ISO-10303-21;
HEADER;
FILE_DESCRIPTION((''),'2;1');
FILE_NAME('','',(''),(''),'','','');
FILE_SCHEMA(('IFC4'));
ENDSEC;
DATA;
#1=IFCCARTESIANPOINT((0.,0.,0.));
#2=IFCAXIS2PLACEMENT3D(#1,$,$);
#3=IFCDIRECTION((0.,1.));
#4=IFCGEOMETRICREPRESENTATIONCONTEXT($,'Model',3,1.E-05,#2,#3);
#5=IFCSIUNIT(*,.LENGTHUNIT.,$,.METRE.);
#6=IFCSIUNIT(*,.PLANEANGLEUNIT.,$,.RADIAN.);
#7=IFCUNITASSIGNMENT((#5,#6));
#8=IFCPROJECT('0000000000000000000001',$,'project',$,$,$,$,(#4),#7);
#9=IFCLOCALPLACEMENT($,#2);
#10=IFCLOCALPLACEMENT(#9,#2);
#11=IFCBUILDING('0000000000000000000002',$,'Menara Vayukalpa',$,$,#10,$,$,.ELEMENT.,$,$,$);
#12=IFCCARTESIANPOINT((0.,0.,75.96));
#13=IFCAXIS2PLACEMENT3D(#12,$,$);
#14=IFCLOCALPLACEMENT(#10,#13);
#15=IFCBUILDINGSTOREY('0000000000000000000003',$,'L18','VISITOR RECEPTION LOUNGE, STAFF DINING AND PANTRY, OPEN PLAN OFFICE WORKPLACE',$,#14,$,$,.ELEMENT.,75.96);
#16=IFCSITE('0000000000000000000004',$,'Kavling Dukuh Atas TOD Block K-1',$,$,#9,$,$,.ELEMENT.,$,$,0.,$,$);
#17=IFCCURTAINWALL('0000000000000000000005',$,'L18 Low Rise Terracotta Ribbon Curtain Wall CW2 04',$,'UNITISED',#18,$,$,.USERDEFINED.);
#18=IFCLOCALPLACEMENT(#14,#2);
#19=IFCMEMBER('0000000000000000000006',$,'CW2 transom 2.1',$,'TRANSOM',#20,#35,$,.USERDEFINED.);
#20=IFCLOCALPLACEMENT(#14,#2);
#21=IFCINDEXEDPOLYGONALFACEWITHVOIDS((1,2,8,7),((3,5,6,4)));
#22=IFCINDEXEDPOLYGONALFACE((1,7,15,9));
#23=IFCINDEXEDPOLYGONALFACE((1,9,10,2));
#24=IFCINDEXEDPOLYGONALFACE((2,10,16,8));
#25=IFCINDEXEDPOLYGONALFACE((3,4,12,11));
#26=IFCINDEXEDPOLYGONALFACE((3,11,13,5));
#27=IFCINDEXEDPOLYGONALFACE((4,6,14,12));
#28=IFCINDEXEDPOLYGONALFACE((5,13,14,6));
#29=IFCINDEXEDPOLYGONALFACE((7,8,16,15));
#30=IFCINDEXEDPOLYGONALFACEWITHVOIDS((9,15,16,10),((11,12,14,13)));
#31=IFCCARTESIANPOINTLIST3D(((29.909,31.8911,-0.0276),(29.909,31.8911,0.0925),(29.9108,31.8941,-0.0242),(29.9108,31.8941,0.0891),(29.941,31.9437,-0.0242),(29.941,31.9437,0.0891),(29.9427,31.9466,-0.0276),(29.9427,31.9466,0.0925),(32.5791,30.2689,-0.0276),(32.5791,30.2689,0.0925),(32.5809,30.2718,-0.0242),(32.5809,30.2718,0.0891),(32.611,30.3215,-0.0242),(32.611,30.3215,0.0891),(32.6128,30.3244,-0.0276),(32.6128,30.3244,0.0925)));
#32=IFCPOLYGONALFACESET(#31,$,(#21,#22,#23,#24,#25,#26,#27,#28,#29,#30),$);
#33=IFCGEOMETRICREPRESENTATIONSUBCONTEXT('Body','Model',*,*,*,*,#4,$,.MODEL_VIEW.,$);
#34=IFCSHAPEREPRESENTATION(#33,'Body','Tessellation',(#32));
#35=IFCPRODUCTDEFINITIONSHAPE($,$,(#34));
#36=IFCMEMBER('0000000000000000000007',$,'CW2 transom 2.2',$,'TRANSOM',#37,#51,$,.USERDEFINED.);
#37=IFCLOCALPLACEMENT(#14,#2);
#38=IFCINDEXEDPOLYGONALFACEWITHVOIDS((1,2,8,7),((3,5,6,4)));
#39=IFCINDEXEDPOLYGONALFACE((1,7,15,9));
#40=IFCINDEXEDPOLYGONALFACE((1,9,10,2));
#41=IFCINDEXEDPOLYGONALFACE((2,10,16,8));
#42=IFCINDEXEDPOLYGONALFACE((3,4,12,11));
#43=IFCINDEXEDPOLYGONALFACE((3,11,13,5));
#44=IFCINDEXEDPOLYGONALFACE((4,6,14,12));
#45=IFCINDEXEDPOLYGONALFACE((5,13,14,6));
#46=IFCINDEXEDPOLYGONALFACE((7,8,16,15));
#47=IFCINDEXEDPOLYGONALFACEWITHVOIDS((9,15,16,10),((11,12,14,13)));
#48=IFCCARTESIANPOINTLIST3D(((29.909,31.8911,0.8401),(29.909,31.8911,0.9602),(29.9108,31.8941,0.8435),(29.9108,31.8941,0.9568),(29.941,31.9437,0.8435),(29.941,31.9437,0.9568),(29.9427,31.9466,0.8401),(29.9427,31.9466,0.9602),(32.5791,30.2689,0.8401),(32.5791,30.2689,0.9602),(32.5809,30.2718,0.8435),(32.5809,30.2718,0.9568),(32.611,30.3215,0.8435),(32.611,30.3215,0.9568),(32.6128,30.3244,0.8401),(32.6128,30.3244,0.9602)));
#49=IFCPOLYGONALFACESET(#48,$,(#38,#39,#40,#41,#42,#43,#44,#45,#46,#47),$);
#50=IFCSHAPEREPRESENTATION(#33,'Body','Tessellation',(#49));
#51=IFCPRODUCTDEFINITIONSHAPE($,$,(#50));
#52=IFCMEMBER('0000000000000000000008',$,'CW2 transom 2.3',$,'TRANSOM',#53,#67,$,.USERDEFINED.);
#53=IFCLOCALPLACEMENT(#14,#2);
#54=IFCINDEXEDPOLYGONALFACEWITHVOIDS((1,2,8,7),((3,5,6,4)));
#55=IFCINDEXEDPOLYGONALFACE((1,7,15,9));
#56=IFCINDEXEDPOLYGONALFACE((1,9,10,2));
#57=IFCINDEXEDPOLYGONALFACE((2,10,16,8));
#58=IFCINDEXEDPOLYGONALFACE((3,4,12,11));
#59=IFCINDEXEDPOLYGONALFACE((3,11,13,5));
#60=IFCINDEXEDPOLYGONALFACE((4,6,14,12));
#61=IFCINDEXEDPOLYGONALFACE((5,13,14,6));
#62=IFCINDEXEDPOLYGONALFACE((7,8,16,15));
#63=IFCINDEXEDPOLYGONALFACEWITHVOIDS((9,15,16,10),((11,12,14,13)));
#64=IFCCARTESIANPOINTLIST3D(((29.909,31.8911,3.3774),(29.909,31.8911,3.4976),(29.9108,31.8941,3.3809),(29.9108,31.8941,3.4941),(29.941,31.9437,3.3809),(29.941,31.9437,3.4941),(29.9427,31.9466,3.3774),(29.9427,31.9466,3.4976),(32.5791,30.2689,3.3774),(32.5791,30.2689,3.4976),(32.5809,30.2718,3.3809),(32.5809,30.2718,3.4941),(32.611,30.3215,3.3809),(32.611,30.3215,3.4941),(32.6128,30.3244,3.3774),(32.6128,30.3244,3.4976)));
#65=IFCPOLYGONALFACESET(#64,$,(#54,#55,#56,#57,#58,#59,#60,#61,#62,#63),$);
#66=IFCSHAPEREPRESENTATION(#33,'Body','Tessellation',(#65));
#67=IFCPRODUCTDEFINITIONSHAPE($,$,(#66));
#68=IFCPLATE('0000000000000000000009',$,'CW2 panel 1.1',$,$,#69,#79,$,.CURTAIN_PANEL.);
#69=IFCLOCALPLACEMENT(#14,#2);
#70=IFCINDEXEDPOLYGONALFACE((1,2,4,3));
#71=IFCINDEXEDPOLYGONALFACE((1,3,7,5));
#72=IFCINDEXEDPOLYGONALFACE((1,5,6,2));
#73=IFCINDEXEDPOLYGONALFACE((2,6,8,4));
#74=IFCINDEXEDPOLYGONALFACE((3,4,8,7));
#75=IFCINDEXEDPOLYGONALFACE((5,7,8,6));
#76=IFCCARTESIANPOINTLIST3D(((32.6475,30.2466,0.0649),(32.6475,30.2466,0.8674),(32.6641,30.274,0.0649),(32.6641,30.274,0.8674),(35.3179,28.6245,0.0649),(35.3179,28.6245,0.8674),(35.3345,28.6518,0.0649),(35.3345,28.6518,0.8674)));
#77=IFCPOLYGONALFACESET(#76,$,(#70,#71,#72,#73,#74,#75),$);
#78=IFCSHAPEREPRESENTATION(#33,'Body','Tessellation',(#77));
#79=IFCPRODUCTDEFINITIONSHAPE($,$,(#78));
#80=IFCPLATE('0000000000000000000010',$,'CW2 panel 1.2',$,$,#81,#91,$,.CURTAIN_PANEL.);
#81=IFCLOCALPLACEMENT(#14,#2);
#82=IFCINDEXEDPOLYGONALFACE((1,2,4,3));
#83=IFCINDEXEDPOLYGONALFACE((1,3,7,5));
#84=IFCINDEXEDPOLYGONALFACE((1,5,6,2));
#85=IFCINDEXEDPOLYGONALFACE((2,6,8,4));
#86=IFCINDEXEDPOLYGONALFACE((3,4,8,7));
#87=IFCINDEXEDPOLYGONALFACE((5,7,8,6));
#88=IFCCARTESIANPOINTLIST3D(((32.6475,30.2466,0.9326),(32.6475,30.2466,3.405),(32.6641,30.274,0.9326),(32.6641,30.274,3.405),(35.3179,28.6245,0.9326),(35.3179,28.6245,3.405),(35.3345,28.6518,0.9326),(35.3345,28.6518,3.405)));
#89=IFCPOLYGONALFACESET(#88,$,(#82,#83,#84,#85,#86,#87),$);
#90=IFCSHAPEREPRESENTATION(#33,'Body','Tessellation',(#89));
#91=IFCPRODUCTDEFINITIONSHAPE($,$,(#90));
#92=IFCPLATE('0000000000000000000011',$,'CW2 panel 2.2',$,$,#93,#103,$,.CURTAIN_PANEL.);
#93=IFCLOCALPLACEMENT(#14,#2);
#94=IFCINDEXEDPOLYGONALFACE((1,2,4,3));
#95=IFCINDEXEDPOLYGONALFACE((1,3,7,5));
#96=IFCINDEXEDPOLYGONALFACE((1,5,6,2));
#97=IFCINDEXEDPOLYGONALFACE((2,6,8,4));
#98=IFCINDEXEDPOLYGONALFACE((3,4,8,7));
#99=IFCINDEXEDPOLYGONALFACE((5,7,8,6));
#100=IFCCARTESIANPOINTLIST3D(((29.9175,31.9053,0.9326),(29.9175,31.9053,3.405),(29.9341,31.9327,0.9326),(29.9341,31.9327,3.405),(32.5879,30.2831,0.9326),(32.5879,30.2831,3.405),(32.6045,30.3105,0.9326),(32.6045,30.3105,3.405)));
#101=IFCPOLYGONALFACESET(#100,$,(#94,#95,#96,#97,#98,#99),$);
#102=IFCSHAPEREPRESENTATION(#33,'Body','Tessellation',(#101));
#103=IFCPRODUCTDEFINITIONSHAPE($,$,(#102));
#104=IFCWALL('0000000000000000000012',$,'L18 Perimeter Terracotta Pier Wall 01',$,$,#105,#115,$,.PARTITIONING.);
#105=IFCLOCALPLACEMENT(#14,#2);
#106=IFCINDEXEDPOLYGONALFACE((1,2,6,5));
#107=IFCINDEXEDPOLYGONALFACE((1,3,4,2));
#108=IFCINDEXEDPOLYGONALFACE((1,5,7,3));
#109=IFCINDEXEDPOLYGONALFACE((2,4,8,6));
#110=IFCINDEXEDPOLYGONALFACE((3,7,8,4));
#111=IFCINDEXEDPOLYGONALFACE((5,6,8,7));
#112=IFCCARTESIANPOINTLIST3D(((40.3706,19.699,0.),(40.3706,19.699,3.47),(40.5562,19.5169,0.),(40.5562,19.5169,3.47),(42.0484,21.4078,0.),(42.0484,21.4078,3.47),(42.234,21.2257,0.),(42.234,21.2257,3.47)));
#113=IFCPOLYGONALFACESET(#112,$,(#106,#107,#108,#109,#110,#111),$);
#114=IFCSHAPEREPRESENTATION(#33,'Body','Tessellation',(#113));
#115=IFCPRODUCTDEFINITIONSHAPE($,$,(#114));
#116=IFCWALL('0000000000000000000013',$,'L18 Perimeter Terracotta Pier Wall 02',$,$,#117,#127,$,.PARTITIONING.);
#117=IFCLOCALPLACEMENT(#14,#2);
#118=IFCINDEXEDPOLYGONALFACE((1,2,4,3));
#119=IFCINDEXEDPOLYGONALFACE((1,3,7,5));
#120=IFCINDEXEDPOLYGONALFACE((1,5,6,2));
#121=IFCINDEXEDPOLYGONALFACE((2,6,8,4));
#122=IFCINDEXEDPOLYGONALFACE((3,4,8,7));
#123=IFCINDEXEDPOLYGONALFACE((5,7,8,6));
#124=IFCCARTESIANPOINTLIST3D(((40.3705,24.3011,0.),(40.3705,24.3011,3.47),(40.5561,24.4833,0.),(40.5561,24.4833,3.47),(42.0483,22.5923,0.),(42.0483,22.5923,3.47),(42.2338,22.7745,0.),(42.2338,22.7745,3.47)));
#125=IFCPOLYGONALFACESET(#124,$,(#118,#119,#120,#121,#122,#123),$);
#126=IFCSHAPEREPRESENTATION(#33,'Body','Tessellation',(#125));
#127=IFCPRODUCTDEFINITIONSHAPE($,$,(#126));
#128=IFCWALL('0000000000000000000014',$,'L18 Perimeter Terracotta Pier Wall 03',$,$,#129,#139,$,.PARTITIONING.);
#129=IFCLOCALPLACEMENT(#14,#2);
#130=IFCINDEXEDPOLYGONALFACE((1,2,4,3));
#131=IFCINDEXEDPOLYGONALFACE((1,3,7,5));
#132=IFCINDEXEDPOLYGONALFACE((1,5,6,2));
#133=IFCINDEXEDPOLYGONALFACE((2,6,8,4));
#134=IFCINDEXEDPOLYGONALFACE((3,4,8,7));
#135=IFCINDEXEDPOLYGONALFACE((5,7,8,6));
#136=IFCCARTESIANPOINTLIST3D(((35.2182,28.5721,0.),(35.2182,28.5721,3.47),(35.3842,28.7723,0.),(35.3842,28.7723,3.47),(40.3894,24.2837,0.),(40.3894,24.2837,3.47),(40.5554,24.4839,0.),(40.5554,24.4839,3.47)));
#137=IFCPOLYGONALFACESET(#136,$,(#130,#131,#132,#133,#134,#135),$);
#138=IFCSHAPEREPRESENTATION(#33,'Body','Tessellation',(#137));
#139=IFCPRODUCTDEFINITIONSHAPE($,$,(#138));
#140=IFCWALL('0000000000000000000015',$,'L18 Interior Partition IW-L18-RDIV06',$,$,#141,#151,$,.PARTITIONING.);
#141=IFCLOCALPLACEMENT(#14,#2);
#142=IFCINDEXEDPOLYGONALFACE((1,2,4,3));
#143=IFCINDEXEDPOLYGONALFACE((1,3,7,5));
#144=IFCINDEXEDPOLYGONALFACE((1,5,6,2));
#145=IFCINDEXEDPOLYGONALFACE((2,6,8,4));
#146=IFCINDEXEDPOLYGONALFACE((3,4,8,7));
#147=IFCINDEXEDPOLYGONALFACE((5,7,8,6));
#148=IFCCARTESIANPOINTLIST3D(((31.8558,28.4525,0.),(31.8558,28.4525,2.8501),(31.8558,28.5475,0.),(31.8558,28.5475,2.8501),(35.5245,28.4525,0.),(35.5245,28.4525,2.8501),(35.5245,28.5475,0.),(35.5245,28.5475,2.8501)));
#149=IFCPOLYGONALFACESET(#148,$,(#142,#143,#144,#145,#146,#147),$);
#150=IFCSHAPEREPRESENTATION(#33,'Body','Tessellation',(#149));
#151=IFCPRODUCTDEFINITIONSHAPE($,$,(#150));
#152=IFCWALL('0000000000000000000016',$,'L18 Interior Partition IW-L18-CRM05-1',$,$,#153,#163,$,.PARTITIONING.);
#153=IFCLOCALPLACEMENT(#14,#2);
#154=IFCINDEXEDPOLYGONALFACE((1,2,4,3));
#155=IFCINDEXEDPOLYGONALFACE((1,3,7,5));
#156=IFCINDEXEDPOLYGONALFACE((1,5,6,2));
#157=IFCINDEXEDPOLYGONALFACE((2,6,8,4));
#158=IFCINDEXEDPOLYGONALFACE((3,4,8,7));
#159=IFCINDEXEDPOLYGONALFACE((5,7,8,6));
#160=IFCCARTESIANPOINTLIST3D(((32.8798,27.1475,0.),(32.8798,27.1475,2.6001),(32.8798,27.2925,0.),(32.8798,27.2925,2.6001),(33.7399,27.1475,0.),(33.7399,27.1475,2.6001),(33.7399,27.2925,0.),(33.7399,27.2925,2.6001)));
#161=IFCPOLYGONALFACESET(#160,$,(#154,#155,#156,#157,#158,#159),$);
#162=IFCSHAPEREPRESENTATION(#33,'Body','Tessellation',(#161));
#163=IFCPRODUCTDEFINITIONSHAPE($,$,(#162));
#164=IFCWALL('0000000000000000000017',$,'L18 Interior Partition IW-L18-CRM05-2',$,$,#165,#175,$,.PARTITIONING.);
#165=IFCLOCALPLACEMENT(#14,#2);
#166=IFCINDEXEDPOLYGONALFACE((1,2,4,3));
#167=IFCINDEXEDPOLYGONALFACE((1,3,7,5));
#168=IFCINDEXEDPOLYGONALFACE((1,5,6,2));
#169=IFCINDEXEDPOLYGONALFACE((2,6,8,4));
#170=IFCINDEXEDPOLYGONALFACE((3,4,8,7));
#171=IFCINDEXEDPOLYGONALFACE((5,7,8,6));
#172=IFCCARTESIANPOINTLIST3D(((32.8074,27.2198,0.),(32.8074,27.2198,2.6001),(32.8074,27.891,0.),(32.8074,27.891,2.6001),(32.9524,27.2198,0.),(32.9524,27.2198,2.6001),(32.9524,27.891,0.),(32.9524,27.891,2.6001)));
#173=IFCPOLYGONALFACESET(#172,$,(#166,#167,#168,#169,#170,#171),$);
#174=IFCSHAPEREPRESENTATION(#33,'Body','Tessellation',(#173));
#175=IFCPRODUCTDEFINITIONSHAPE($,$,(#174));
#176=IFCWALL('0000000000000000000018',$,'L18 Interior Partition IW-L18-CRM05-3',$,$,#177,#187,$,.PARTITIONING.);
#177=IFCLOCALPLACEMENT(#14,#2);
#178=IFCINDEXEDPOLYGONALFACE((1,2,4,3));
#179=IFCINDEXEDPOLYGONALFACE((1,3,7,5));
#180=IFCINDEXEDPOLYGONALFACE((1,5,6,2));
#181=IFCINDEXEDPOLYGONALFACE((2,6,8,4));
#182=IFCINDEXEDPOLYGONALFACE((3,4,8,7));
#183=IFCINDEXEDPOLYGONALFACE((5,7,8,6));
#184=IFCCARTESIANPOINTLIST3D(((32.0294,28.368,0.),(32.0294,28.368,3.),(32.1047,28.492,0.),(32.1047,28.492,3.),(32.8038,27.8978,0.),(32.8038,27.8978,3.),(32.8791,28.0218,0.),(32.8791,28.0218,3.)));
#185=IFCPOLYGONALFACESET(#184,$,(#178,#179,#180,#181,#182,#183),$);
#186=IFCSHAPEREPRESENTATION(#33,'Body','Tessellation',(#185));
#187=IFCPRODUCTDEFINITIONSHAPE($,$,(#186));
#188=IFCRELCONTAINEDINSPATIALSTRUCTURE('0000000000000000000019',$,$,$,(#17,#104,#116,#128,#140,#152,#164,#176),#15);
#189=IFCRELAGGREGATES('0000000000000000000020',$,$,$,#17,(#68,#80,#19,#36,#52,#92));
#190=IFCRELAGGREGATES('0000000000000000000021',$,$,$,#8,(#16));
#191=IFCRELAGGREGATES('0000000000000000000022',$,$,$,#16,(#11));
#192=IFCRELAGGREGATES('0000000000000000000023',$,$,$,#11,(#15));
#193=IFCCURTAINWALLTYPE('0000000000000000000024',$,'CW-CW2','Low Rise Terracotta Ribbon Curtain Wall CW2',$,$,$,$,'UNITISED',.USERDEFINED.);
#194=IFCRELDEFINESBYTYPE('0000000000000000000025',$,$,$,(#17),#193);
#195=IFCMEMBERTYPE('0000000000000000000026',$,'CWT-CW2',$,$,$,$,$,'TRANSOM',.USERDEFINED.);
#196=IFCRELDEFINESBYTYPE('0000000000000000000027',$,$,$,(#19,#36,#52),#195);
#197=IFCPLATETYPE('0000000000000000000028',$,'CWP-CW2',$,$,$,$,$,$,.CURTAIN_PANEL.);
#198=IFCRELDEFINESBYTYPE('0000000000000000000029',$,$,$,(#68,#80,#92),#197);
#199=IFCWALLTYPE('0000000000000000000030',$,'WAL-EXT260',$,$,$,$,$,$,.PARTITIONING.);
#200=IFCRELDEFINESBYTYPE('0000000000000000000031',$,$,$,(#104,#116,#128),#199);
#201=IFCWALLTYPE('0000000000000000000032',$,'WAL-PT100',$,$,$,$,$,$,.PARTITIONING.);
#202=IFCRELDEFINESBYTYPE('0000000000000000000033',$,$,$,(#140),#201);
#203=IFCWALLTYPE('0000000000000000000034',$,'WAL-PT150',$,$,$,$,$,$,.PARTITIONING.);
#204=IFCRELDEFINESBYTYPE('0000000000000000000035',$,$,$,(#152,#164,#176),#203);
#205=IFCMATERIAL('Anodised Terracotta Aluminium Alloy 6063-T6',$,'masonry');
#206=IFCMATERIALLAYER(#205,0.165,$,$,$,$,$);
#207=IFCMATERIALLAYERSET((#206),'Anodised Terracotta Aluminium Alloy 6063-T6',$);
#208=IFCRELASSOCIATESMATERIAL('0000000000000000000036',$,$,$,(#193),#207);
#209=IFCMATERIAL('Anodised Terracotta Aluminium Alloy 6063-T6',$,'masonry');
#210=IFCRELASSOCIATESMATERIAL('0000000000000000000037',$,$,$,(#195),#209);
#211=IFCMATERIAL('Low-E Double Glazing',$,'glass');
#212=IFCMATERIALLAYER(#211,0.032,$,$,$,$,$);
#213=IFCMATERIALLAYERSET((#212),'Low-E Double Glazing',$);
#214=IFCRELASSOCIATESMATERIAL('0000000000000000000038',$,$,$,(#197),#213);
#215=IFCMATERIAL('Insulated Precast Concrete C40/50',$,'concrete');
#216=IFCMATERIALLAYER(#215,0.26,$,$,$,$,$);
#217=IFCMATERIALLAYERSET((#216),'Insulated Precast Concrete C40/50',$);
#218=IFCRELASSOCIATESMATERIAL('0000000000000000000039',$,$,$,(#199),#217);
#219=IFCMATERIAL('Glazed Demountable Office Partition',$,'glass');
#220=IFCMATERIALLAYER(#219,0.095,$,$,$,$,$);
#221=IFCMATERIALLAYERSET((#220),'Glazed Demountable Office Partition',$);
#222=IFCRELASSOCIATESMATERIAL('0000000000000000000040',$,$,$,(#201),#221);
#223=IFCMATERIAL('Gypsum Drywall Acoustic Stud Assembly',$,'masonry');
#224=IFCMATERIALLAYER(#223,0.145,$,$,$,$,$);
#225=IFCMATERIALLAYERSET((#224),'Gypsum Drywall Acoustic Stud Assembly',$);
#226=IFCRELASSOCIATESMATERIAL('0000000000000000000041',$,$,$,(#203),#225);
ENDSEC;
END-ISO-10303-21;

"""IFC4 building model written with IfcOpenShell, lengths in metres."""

from ifc_helpers import new_model, si_unit, direction, frame, frame_2d, origin, origin_2d, place, context, subcontext, project, spatial, rectangle, hollow_rectangle, extrude, material, layer, layer_set, material_profile, profile_set, type_object, element, aggregate, save


model = new_model("IFC4")

# Units and contexts
model_context = context("Model", 3, precision=1e-05, world=origin(), true_north=direction((0.0, 1.0)))
body_context = subcontext(model_context, "Body", "Model", "MODEL_VIEW")
ifc_project = project(units=[si_unit("LENGTHUNIT", "METRE"), si_unit("PLANEANGLEUNIT", "RADIAN")], contexts=[model_context])

# Site, building, storey
site_placement = place(None, origin())
site = spatial("IfcSite", under=ifc_project, at=site_placement, Name="Kavling Dukuh Atas TOD Block K-1", CompositionType="ELEMENT", RefElevation=0.0)
building_placement = place(site_placement, origin())
building = spatial("IfcBuilding", under=site, at=building_placement, Name="Menara Vayukalpa", CompositionType="ELEMENT")
storey_placement = place(building_placement, frame((0.0, 0.0, 75.96)))
storey = spatial("IfcBuildingStorey", under=building, at=storey_placement, Name="L18", Description="VISITOR RECEPTION LOUNGE, STAFF DINING AND PANTRY, OPEN PLAN OFFICE WORKPLACE", CompositionType="ELEMENT", Elevation=75.96)

# Curtain wall, members, plates
ifc_material_1 = material(Name="Anodised Terracotta Aluminium Alloy 6063-T6", Category="masonry")
ifc_layer_1 = layer(ifc_material_1, 0.165)
ifc_layer_set_1 = layer_set([ifc_layer_1], Name="Anodised Terracotta Aluminium Alloy 6063-T6")
curtain_wall_type = type_object("IfcCurtainWallType", Name="CW-CW2", Description="Low Rise Terracotta Ribbon Curtain Wall CW2", ElementType="UNITISED", PredefinedType="USERDEFINED", material=ifc_layer_set_1)
curtain_wall_placement = place(storey_placement, origin())
curtain_wall = element("IfcCurtainWall", 1, at=curtain_wall_placement, inside=storey, type_object=curtain_wall_type, Name="L18 Low Rise Terracotta Ribbon Curtain Wall CW2 04", ObjectType="UNITISED", PredefinedType="USERDEFINED")
ifc_material_2 = material(Name="Anodised Terracotta Aluminium Alloy 6063-T6", Category="masonry")
ifc_material_profile_1 = material_profile(ifc_material_2, hollow_rectangle(XDim=0.0649, YDim=0.1201, WallThickness=0.0034, at=origin_2d()), Name="ALU 65x120x3.5")
ifc_profile_set_1 = profile_set([ifc_material_profile_1], Name="Anodised Terracotta Aluminium Alloy 6063-T6")
member_type_1 = type_object("IfcMemberType", Name="CWT-CW2", ElementType="TRANSOM", PredefinedType="USERDEFINED", material=ifc_profile_set_1)
member_1_placement = place(storey_placement, frame((32.5959, 30.2966, 0.0325), z_axis=(-0.854625, 0.519245, 0.0), x_axis=(-0.519245, -0.854625, 0.0)))
member_1 = element("IfcMember", 2, at=member_1_placement, type_object=member_type_1, Name="CW2 transom 2.1", ObjectType="TRANSOM", PredefinedType="USERDEFINED", context=body_context, shape_type="SweptSolid", body=[
    extrude(hollow_rectangle(XDim=0.0649, YDim=0.1201, WallThickness=0.0034, at=origin_2d()), origin(), (0.0, 0.0, 1.0), 3.1243),
])
member_2_placement = place(storey_placement, frame((32.5959, 30.2966, 0.9001), z_axis=(-0.854625, 0.519245, 0.0), x_axis=(-0.519245, -0.854625, 0.0)))
member_2 = element("IfcMember", 3, at=member_2_placement, type_object=member_type_1, Name="CW2 transom 2.2", ObjectType="TRANSOM", PredefinedType="USERDEFINED", context=body_context, shape_type="SweptSolid", body=[
    extrude(hollow_rectangle(XDim=0.0649, YDim=0.1201, WallThickness=0.0034, at=origin_2d()), origin(), (0.0, 0.0, 1.0), 3.1243),
])
member_3_placement = place(storey_placement, frame((32.5959, 30.2966, 3.4375), z_axis=(-0.854625, 0.519245, 0.0), x_axis=(-0.519245, -0.854625, 0.0)))
member_3 = element("IfcMember", 4, at=member_3_placement, type_object=member_type_1, Name="CW2 transom 2.3", ObjectType="TRANSOM", PredefinedType="USERDEFINED", context=body_context, shape_type="SweptSolid", body=[
    extrude(hollow_rectangle(XDim=0.0649, YDim=0.1201, WallThickness=0.0034, at=origin_2d()), origin(), (0.0, 0.0, 1.0), 3.1243),
])
ifc_material_3 = material(Name="Low-E Double Glazing", Category="glass")
ifc_layer_2 = layer(ifc_material_3, 0.032)
ifc_layer_set_2 = layer_set([ifc_layer_2], Name="Low-E Double Glazing")
plate_type = type_object("IfcPlateType", Name="CWP-CW2", PredefinedType="CURTAIN_PANEL", material=ifc_layer_set_2)
plate_1_placement = place(storey_placement, frame((33.991, 29.4492, 0.0649), z_axis=(0.0, 0.0, 1.0), x_axis=(-0.854663, 0.519183, 0.0)))
plate_1 = element("IfcPlate", 5, at=plate_1_placement, type_object=plate_type, Name="CW2 panel 1.1", PredefinedType="CURTAIN_PANEL", context=body_context, shape_type="SweptSolid", body=[
    extrude(rectangle(XDim=3.1245, YDim=0.032, at=origin_2d()), origin(), (0.0, 0.0, 1.0), 0.8025),
])
plate_2_placement = place(storey_placement, frame((33.991, 29.4492, 0.9326), z_axis=(0.0, 0.0, 1.0), x_axis=(-0.854663, 0.519183, 0.0)))
plate_2 = element("IfcPlate", 6, at=plate_2_placement, type_object=plate_type, Name="CW2 panel 1.2", PredefinedType="CURTAIN_PANEL", context=body_context, shape_type="SweptSolid", body=[
    extrude(rectangle(XDim=3.1245, YDim=0.032, at=origin_2d()), origin(), (0.0, 0.0, 1.0), 2.4724),
])
plate_3_placement = place(storey_placement, frame((31.261, 31.1079, 0.9326), z_axis=(0.0, 0.0, 1.0), x_axis=(-0.854663, 0.519183, 0.0)))
plate_3 = element("IfcPlate", 7, at=plate_3_placement, type_object=plate_type, Name="CW2 panel 2.2", PredefinedType="CURTAIN_PANEL", context=body_context, shape_type="SweptSolid", body=[
    extrude(rectangle(XDim=3.1245, YDim=0.032, at=origin_2d()), origin(), (0.0, 0.0, 1.0), 2.4724),
])
aggregate(curtain_wall, [plate_1, plate_2, member_1, member_2, member_3, plate_3])

# Walls
ifc_material_4 = material(Name="Insulated Precast Concrete C40/50", Category="concrete")
ifc_layer_3 = layer(ifc_material_4, 0.26)
ifc_layer_set_3 = layer_set([ifc_layer_3], Name="Insulated Precast Concrete C40/50")
wall_type_1 = type_object("IfcWallType", Name="WAL-EXT260", PredefinedType="PARTITIONING", material=ifc_layer_set_3)
for number, where, z_axis, x_axis, name in (
    (8, (42.1411, 21.3167, 0.0), (0.0, 0.0, 1.0), (-0.700603, -0.713551, 0.0), "L18 Perimeter Terracotta Pier Wall 01"),
    (9, (40.4634, 24.3921, 0.0), (0.0, 0.0, 1.0), (0.700603, -0.713551, 0.0), "L18 Perimeter Terracotta Pier Wall 02"),
):
    element("IfcWall", number, at=place(storey_placement, frame(where, z_axis=z_axis, x_axis=x_axis)), inside=storey, type_object=wall_type_1, Name=name, PredefinedType="PARTITIONING", context=body_context, shape_type="SweptSolid", body=[
        extrude(rectangle(XDim=2.3948, YDim=0.26, at=frame_2d((1.1973, 0.0))), origin(), (0.0, 0.0, 1.0), 3.47),
    ])
wall_1_placement = place(storey_placement, frame((35.3013, 28.6721, 0.0), z_axis=(0.0, 0.0, 1.0), x_axis=(0.769753, -0.638342, 0.0)))
element("IfcWall", 10, at=wall_1_placement, inside=storey, type_object=wall_type_1, Name="L18 Perimeter Terracotta Pier Wall 03", PredefinedType="PARTITIONING", context=body_context, shape_type="SweptSolid", body=[
    extrude(rectangle(XDim=6.718, YDim=0.26, at=frame_2d((3.3589, 0.0))), origin(), (0.0, 0.0, 1.0), 3.47),
])
ifc_material_5 = material(Name="Glazed Demountable Office Partition", Category="glass")
ifc_layer_4 = layer(ifc_material_5, 0.095)
ifc_layer_set_4 = layer_set([ifc_layer_4], Name="Glazed Demountable Office Partition")
wall_type_2 = type_object("IfcWallType", Name="WAL-PT100", PredefinedType="PARTITIONING", material=ifc_layer_set_4)
wall_2_placement = place(storey_placement, frame((31.8557, 28.5, 0.0), z_axis=(0.0, 0.0, 1.0), x_axis=(1.0, 0.0, 0.0)))
element("IfcWall", 11, at=wall_2_placement, inside=storey, type_object=wall_type_2, Name="L18 Interior Partition IW-L18-RDIV06", PredefinedType="PARTITIONING", context=body_context, shape_type="SweptSolid", body=[
    extrude(rectangle(XDim=3.6687, YDim=0.095, at=frame_2d((1.8345, 0.0))), origin(), (0.0, 0.0, 1.0), 2.8501),
])
ifc_material_6 = material(Name="Gypsum Drywall Acoustic Stud Assembly", Category="masonry")
ifc_layer_5 = layer(ifc_material_6, 0.145)
ifc_layer_set_5 = layer_set([ifc_layer_5], Name="Gypsum Drywall Acoustic Stud Assembly")
wall_type_3 = type_object("IfcWallType", Name="WAL-PT150", PredefinedType="PARTITIONING", material=ifc_layer_set_5)
wall_3_placement = place(storey_placement, frame((33.74, 27.22, 0.0), z_axis=(0.0, 0.0, 1.0), x_axis=(-1.0, 0.0, 0.0)))
element("IfcWall", 12, at=wall_3_placement, inside=storey, type_object=wall_type_3, Name="L18 Interior Partition IW-L18-CRM05-1", PredefinedType="PARTITIONING", context=body_context, shape_type="SweptSolid", body=[
    extrude(rectangle(XDim=0.8601, YDim=0.145, at=frame_2d((0.4302, 0.0))), origin(), (0.0, 0.0, 1.0), 2.6001),
])
wall_4_placement = place(storey_placement, frame((32.8799, 27.22, 0.0), z_axis=(0.0, 0.0, 1.0), x_axis=(0.0, 1.0, 0.0)))
element("IfcWall", 13, at=wall_4_placement, inside=storey, type_object=wall_type_3, Name="L18 Interior Partition IW-L18-CRM05-2", PredefinedType="PARTITIONING", context=body_context, shape_type="SweptSolid", body=[
    extrude(rectangle(XDim=0.6711, YDim=0.145, at=frame_2d((0.3354, 0.0))), origin(), (0.0, 0.0, 1.0), 2.6001),
])
wall_5_placement = place(storey_placement, frame((32.8416, 27.9597, 0.0), z_axis=(0.0, 0.0, 1.0), x_axis=(-0.85477, 0.519006, 0.0)))
element("IfcWall", 14, at=wall_5_placement, inside=storey, type_object=wall_type_3, Name="L18 Interior Partition IW-L18-CRM05-3", PredefinedType="PARTITIONING", context=body_context, shape_type="SweptSolid", body=[
    extrude(rectangle(XDim=0.906, YDim=0.145, at=frame_2d((0.4531, 0.0))), origin(), (0.0, 0.0, 1.0), 3.0),
])

save(model, "model.ifc")
